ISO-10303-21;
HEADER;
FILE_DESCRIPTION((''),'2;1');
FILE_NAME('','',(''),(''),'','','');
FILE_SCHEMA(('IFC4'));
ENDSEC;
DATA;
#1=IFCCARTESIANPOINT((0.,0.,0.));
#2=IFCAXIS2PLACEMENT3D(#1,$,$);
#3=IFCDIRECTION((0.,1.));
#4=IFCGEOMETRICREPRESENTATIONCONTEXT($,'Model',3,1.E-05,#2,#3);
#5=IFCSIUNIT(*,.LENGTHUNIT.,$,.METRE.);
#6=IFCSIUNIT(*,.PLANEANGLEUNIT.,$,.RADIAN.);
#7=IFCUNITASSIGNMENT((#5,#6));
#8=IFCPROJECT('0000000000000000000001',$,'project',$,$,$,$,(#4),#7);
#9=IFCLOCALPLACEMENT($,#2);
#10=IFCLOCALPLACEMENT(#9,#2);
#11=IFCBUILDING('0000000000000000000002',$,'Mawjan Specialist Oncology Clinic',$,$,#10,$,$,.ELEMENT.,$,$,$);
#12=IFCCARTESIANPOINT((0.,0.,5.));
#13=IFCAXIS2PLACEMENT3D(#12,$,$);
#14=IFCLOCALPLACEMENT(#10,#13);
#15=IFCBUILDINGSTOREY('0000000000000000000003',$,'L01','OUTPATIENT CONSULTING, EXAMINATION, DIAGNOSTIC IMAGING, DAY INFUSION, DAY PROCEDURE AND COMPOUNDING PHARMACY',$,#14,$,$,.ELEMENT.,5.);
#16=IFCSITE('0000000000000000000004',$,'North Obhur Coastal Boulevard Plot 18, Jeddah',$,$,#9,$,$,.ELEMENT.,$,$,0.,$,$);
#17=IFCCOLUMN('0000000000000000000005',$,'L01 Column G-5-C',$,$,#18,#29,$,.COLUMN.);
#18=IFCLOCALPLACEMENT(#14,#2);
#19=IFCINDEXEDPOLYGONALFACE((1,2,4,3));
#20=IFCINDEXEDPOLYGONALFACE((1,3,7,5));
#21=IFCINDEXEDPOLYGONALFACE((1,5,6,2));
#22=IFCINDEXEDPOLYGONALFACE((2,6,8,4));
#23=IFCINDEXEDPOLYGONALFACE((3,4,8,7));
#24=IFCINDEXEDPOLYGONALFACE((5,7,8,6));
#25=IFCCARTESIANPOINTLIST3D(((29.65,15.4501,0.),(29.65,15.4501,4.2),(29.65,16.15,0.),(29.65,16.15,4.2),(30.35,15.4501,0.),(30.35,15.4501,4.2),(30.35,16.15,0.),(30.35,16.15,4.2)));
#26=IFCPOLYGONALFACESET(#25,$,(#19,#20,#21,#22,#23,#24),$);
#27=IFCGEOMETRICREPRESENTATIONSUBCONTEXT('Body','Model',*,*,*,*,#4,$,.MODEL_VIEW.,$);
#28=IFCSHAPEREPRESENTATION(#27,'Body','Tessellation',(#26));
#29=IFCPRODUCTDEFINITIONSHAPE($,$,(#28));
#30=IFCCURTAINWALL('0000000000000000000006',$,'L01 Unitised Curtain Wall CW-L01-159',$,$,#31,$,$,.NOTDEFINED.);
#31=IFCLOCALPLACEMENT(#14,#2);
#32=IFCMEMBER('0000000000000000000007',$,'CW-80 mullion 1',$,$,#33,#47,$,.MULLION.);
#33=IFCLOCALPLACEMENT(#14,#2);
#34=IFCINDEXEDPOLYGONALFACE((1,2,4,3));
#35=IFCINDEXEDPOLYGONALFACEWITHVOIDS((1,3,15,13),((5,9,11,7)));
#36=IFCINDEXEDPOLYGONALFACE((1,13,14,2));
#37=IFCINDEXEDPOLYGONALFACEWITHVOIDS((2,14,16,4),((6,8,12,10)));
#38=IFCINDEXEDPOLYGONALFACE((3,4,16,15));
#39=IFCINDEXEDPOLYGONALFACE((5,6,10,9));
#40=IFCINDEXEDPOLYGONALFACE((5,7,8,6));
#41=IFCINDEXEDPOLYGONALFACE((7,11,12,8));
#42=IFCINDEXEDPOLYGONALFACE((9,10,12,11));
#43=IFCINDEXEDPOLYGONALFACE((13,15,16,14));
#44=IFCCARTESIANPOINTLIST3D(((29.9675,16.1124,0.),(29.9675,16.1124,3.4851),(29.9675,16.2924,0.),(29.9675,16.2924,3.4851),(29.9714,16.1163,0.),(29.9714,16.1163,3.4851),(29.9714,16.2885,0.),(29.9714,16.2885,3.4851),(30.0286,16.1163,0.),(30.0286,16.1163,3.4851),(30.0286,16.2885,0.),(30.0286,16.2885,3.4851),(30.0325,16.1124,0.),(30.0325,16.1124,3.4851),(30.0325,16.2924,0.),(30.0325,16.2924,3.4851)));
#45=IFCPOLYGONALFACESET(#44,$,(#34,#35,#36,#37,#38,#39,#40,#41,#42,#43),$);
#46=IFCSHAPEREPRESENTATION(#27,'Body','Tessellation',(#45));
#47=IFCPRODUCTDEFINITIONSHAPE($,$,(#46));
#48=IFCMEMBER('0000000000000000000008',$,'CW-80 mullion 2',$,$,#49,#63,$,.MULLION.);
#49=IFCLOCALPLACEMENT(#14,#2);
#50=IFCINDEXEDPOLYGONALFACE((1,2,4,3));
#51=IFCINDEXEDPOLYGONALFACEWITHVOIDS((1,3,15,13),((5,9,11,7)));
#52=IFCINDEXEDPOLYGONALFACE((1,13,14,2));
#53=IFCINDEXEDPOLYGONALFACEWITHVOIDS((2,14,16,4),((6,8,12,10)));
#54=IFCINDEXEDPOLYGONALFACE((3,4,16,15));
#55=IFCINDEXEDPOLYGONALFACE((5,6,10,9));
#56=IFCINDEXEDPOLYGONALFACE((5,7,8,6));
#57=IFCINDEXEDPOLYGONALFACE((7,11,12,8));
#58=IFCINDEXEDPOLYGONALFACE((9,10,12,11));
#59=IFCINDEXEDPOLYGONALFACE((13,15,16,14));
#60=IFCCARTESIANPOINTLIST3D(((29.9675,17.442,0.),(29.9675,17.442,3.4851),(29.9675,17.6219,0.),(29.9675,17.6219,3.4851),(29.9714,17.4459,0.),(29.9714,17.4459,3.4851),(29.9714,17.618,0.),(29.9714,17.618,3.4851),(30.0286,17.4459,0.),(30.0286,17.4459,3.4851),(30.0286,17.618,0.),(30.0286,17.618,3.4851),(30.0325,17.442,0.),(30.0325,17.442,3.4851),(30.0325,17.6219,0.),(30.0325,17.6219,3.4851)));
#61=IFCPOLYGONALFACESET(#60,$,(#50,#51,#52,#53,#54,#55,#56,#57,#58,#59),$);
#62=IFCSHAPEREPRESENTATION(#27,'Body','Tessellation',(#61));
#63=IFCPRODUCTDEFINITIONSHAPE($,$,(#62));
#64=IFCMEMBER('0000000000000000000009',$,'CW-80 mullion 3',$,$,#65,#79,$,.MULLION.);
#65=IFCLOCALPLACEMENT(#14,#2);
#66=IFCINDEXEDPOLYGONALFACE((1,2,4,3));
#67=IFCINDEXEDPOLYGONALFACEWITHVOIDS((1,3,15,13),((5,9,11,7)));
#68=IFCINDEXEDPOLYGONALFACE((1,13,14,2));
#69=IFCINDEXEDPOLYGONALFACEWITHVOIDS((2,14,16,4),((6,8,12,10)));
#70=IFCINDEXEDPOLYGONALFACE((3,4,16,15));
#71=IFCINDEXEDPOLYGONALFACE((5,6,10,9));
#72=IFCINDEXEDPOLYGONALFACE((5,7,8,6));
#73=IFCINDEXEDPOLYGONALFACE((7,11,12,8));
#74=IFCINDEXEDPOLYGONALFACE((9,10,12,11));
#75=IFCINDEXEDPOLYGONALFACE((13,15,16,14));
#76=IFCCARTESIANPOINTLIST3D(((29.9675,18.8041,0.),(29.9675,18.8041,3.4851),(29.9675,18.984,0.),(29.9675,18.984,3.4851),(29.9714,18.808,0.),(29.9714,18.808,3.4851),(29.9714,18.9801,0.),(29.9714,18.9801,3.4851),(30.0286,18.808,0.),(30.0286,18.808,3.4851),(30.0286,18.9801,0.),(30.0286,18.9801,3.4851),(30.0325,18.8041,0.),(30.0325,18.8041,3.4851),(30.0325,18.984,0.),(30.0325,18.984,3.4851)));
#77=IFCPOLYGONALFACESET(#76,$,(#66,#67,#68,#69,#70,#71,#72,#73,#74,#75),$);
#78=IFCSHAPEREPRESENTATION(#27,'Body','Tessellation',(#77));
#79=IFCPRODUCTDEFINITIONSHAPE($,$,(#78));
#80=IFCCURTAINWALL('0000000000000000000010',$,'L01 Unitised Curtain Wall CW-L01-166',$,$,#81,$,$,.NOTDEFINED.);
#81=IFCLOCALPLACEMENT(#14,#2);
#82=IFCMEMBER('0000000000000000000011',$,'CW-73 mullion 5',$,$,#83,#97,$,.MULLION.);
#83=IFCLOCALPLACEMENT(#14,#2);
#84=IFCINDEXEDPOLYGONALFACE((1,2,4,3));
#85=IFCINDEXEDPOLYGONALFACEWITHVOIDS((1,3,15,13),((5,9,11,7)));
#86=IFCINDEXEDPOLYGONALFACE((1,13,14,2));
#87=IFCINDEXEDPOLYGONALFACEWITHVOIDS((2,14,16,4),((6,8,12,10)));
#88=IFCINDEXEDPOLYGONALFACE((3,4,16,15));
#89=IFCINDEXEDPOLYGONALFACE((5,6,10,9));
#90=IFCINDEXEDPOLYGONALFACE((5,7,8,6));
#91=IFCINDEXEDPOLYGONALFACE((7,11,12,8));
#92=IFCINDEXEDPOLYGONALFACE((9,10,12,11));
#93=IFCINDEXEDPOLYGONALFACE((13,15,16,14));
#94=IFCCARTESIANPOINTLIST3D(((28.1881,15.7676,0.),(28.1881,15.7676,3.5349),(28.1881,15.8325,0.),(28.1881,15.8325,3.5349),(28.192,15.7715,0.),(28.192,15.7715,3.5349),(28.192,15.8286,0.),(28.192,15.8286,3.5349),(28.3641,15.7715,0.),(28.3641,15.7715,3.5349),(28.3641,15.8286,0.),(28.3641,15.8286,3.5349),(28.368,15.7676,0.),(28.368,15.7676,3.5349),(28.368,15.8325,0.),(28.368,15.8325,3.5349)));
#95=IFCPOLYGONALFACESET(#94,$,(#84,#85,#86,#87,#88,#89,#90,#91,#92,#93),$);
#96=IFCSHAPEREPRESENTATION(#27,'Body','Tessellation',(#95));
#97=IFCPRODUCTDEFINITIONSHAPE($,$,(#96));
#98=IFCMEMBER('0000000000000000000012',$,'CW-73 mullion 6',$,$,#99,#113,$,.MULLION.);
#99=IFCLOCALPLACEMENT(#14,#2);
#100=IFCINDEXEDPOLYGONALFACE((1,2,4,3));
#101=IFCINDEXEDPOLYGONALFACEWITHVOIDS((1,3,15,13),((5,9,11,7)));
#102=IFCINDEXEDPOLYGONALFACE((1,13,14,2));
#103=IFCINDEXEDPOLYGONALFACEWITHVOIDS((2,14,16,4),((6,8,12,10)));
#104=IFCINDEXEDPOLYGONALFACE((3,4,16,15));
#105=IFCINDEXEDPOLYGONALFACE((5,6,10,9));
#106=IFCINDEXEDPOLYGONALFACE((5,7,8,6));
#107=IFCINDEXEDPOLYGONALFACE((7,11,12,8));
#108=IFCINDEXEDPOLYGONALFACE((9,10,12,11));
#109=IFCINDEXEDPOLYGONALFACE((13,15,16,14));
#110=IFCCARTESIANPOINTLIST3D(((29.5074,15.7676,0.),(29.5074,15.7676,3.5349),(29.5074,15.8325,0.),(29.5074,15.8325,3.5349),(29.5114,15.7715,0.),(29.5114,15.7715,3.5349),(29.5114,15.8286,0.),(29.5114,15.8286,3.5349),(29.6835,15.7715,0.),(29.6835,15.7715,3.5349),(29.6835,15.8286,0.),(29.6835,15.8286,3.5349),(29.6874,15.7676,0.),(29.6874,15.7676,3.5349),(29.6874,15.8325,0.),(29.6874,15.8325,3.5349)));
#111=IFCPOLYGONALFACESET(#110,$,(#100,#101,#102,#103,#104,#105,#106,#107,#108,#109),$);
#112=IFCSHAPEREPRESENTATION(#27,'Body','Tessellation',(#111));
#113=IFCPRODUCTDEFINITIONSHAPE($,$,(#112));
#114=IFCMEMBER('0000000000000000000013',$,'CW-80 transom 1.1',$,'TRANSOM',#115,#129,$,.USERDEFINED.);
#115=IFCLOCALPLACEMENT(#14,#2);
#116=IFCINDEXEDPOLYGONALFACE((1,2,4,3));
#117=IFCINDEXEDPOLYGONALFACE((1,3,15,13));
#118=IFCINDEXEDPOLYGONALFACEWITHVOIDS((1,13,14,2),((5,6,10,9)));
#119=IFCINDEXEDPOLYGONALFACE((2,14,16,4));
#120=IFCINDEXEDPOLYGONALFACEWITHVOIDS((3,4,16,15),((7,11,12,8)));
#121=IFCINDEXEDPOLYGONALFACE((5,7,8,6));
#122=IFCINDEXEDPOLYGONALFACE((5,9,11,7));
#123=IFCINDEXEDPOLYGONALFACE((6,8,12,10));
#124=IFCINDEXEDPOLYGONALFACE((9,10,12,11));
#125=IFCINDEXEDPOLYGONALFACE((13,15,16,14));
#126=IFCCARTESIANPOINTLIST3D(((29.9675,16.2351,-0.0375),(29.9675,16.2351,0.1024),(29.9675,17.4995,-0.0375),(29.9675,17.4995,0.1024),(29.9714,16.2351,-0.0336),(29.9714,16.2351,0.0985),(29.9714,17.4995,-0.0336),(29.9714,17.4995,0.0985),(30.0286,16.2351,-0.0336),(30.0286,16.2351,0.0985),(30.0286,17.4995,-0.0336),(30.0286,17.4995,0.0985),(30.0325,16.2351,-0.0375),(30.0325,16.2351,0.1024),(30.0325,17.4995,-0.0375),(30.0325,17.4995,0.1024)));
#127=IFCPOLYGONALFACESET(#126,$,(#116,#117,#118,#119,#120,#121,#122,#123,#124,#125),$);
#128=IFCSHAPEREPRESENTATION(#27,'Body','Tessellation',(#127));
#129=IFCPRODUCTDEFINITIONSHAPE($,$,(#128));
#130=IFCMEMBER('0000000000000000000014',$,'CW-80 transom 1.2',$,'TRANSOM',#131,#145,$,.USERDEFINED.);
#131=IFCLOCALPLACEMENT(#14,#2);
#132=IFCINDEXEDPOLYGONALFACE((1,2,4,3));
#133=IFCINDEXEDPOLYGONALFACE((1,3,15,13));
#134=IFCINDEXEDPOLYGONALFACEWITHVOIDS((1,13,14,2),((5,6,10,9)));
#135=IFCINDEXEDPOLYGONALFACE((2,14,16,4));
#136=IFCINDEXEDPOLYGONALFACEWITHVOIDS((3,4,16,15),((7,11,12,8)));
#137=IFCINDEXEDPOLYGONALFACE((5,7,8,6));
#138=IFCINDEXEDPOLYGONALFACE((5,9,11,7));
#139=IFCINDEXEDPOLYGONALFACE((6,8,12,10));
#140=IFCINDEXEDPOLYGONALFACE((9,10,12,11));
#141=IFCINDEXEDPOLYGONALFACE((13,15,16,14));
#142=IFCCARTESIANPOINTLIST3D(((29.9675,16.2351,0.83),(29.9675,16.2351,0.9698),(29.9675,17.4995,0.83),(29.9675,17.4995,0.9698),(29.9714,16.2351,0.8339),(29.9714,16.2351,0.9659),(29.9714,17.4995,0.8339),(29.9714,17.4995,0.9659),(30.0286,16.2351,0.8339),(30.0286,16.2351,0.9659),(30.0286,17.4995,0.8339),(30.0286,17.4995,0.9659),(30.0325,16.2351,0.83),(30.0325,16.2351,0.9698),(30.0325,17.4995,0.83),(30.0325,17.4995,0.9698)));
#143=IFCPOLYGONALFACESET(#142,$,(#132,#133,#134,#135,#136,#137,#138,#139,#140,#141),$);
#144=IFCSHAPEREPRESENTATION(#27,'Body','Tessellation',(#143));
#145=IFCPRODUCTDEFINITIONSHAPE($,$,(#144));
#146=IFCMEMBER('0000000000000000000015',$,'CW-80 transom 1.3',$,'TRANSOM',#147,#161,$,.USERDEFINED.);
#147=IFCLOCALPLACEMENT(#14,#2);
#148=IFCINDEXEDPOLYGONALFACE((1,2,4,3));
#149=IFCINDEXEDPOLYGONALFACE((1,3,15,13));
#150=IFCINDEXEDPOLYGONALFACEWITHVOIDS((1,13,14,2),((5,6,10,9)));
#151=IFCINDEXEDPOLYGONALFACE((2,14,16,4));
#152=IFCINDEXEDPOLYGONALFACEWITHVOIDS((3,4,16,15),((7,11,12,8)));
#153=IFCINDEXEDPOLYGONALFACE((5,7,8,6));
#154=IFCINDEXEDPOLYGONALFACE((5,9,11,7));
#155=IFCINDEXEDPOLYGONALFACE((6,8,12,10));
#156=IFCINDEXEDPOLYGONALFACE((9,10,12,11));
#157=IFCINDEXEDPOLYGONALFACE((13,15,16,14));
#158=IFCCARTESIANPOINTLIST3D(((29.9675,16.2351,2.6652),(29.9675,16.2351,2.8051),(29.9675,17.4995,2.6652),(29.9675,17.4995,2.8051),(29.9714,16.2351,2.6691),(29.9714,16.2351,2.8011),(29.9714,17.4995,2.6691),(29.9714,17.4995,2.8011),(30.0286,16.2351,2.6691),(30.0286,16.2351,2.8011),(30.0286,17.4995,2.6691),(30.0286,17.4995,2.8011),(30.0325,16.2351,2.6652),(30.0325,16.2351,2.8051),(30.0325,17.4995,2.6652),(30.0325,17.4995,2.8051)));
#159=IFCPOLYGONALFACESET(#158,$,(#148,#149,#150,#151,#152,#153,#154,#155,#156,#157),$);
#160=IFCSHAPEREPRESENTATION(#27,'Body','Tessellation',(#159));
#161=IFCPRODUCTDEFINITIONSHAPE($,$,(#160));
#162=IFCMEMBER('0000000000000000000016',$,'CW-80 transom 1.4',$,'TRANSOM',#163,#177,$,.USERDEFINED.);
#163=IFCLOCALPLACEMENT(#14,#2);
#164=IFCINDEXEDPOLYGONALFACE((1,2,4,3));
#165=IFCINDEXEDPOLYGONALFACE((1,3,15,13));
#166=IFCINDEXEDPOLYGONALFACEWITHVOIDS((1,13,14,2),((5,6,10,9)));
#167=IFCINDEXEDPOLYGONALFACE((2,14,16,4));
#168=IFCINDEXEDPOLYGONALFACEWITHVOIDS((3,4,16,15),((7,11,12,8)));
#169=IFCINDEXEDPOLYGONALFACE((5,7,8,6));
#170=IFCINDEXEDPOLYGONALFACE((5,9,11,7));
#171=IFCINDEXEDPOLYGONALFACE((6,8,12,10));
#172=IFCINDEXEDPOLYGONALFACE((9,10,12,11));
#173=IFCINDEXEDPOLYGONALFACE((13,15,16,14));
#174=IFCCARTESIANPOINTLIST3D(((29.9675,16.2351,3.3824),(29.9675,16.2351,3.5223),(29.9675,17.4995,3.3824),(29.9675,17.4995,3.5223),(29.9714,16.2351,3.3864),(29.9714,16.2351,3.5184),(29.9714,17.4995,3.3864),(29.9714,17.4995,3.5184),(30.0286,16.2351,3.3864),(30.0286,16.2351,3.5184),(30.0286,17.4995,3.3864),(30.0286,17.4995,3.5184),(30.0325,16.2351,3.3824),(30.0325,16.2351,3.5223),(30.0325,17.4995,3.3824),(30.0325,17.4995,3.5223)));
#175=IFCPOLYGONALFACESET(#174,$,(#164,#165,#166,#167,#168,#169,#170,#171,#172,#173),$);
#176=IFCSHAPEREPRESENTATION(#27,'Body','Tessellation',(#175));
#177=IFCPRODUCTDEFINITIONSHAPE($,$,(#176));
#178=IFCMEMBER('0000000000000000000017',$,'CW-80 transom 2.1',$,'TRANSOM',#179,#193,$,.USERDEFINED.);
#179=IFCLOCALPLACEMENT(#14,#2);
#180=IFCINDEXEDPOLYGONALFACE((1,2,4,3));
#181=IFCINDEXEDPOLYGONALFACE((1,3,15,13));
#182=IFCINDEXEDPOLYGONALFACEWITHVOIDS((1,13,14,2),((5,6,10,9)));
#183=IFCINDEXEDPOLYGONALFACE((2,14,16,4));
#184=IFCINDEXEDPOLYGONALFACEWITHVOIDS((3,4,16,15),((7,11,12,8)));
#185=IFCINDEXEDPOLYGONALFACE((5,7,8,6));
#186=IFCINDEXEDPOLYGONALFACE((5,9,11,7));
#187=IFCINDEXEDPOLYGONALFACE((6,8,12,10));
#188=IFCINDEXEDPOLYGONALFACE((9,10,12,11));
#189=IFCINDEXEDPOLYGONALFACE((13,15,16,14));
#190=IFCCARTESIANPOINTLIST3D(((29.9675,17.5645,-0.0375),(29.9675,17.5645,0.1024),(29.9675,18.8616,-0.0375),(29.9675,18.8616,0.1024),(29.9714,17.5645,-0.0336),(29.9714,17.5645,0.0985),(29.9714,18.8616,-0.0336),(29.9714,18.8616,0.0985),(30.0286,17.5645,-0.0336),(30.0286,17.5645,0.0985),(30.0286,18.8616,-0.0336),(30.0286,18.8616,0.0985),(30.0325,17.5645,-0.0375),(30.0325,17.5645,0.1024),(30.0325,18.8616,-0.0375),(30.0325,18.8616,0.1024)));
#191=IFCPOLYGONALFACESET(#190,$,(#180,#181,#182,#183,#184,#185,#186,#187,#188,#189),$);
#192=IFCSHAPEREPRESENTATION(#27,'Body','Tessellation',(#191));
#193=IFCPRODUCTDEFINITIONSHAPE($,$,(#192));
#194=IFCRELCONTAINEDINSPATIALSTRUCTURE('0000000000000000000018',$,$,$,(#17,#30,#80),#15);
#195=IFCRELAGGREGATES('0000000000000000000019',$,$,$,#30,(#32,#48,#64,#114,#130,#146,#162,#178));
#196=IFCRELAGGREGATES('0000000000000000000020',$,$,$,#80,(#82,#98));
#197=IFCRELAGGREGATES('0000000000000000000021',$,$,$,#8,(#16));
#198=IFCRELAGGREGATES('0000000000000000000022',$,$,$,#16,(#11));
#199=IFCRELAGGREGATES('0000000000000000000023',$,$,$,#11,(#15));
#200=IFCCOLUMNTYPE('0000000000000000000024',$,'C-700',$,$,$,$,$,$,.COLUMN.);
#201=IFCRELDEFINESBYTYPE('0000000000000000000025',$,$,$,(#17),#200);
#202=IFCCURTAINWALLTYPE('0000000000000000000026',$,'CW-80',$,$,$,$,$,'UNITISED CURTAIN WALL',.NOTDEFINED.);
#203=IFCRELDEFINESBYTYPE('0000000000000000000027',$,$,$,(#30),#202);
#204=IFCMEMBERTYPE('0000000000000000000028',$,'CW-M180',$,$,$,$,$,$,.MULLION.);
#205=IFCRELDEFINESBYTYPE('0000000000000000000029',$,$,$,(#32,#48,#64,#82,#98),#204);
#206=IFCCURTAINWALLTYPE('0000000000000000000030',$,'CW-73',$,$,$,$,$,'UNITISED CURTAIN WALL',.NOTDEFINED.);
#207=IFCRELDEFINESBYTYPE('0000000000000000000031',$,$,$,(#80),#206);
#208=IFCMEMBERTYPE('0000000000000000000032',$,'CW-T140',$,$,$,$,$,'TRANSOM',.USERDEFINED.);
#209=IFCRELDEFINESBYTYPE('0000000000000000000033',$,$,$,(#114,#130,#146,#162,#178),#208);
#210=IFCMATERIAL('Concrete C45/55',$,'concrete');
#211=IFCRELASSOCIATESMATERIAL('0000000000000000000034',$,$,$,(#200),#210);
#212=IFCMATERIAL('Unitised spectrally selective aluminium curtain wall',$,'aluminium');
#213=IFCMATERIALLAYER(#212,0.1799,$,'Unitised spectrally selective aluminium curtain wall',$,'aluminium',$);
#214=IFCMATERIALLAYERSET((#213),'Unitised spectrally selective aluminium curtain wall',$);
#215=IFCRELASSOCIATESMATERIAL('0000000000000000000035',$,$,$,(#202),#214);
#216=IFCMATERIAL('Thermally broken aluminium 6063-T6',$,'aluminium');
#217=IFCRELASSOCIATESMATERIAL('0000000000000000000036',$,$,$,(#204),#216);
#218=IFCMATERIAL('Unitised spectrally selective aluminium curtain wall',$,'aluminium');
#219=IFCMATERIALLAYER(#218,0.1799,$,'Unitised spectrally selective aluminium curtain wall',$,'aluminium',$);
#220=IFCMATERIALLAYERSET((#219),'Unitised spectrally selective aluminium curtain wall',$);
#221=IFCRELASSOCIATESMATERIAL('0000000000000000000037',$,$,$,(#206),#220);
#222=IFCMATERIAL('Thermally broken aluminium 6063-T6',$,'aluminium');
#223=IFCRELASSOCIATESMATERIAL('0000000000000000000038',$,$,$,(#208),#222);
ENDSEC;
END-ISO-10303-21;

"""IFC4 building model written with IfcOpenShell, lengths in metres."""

from ifc_helpers import new_model, si_unit, direction, frame, origin, origin_2d, place, context, subcontext, project, spatial, rectangle, hollow_rectangle, extrude, material, layer, layer_set, material_profile, profile_set, type_object, element, aggregate, save


model = new_model("IFC4")

# Units and contexts
model_context = context("Model", 3, precision=1e-05, world=origin(), true_north=direction((0.0, 1.0)))
body_context = subcontext(model_context, "Body", "Model", "MODEL_VIEW")
ifc_project = project(units=[si_unit("LENGTHUNIT", "METRE"), si_unit("PLANEANGLEUNIT", "RADIAN")], contexts=[model_context])

# Site, building, storey
site_placement = place(None, origin())
site = spatial("IfcSite", under=ifc_project, at=site_placement, Name="North Obhur Coastal Boulevard Plot 18, Jeddah", CompositionType="ELEMENT", RefElevation=0.0)
building_placement = place(site_placement, origin())
building = spatial("IfcBuilding", under=site, at=building_placement, Name="Mawjan Specialist Oncology Clinic", CompositionType="ELEMENT")
storey_placement = place(building_placement, frame((0.0, 0.0, 5.0)))
storey = spatial("IfcBuildingStorey", under=building, at=storey_placement, Name="L01", Description="OUTPATIENT CONSULTING, EXAMINATION, DIAGNOSTIC IMAGING, DAY INFUSION, DAY PROCEDURE AND COMPOUNDING PHARMACY", CompositionType="ELEMENT", Elevation=5.0)

# Column
ifc_material_1 = material(Name="Concrete C45/55", Category="concrete")
ifc_material_profile_1 = material_profile(ifc_material_1, rectangle(XDim=0.7, YDim=0.7, at=origin_2d()), Name="RC COL 700x700", Category="concrete")
ifc_profile_set_1 = profile_set([ifc_material_profile_1], Name="Concrete C45/55")
column_type = type_object("IfcColumnType", Name="C-700", PredefinedType="COLUMN", material=ifc_profile_set_1)
column_placement = place(storey_placement, frame((30.0, 15.8, 0.0), z_axis=(0.0, 0.0, 1.0), x_axis=(1.0, 0.0, 0.0)))
element("IfcColumn", 1, at=column_placement, inside=storey, type_object=column_type, Name="L01 Column G-5-C", PredefinedType="COLUMN", context=body_context, shape_type="SweptSolid", body=[
    extrude(rectangle(XDim=0.7, YDim=0.7, at=origin_2d()), origin(), (0.0, 0.0, 1.0), 4.2),
])

# Curtain walls, members
ifc_material_2 = material(Name="Unitised spectrally selective aluminium curtain wall", Category="aluminium")
ifc_layer_1 = layer(ifc_material_2, 0.1799, Name="Unitised spectrally selective aluminium curtain wall", Category="aluminium")
ifc_layer_set_1 = layer_set([ifc_layer_1], Name="Unitised spectrally selective aluminium curtain wall")
curtain_wall_type_1 = type_object("IfcCurtainWallType", Name="CW-80", ElementType="UNITISED CURTAIN WALL", PredefinedType="NOTDEFINED", material=ifc_layer_set_1)
curtain_wall_1_placement = place(storey_placement, origin())
curtain_wall_1 = element("IfcCurtainWall", 2, at=curtain_wall_1_placement, inside=storey, type_object=curtain_wall_type_1, Name="L01 Unitised Curtain Wall CW-L01-159", PredefinedType="NOTDEFINED")
ifc_material_3 = material(Name="Thermally broken aluminium 6063-T6", Category="aluminium")
ifc_material_profile_2 = material_profile(ifc_material_3, hollow_rectangle(XDim=0.0649, YDim=0.1799, WallThickness=0.0039, at=origin_2d()), Name="ALU MULLION 180x65x4", Category="aluminium")
ifc_profile_set_2 = profile_set([ifc_material_profile_2], Name="Thermally broken aluminium 6063-T6")
member_type_1 = type_object("IfcMemberType", Name="CW-M180", PredefinedType="MULLION", material=ifc_profile_set_2)
member_1_placement = place(storey_placement, frame((30.0, 16.2024, 0.0), z_axis=(0.0, 0.0, 1.0), x_axis=(-1.0, 0.0, 0.0)))
member_1 = element("IfcMember", 3, at=member_1_placement, type_object=member_type_1, Name="CW-80 mullion 1", PredefinedType="MULLION", context=body_context, shape_type="SweptSolid", body=[
    extrude(hollow_rectangle(XDim=0.0649, YDim=0.1799, WallThickness=0.0039, at=origin_2d()), origin(), (0.0, 0.0, 1.0), 3.4851),
])
member_2_placement = place(storey_placement, frame((30.0, 17.532, 0.0), z_axis=(0.0, 0.0, 1.0), x_axis=(-1.0, 0.0, 0.0)))
member_2 = element("IfcMember", 4, at=member_2_placement, type_object=member_type_1, Name="CW-80 mullion 2", PredefinedType="MULLION", context=body_context, shape_type="SweptSolid", body=[
    extrude(hollow_rectangle(XDim=0.0649, YDim=0.1799, WallThickness=0.0039, at=origin_2d()), origin(), (0.0, 0.0, 1.0), 3.4851),
])
member_3_placement = place(storey_placement, frame((30.0, 18.894, 0.0), z_axis=(0.0, 0.0, 1.0), x_axis=(-1.0, 0.0, 0.0)))
member_3 = element("IfcMember", 5, at=member_3_placement, type_object=member_type_1, Name="CW-80 mullion 3", PredefinedType="MULLION", context=body_context, shape_type="SweptSolid", body=[
    extrude(hollow_rectangle(XDim=0.0649, YDim=0.1799, WallThickness=0.0039, at=origin_2d()), origin(), (0.0, 0.0, 1.0), 3.4851),
])
ifc_material_4 = material(Name="Unitised spectrally selective aluminium curtain wall", Category="aluminium")
ifc_layer_2 = layer(ifc_material_4, 0.1799, Name="Unitised spectrally selective aluminium curtain wall", Category="aluminium")
ifc_layer_set_2 = layer_set([ifc_layer_2], Name="Unitised spectrally selective aluminium curtain wall")
curtain_wall_type_2 = type_object("IfcCurtainWallType", Name="CW-73", ElementType="UNITISED CURTAIN WALL", PredefinedType="NOTDEFINED", material=ifc_layer_set_2)
curtain_wall_2_placement = place(storey_placement, origin())
curtain_wall_2 = element("IfcCurtainWall", 6, at=curtain_wall_2_placement, inside=storey, type_object=curtain_wall_type_2, Name="L01 Unitised Curtain Wall CW-L01-166", PredefinedType="NOTDEFINED")
member_4_placement = place(storey_placement, frame((28.2781, 15.8, 0.0), z_axis=(0.0, 0.0, 1.0), x_axis=(0.0, 1.0, 0.0)))
member_4 = element("IfcMember", 7, at=member_4_placement, type_object=member_type_1, Name="CW-73 mullion 5", PredefinedType="MULLION", context=body_context, shape_type="SweptSolid", body=[
    extrude(hollow_rectangle(XDim=0.0649, YDim=0.1799, WallThickness=0.0039, at=origin_2d()), origin(), (0.0, 0.0, 1.0), 3.5349),
])
member_5_placement = place(storey_placement, frame((29.5974, 15.8, 0.0), z_axis=(0.0, 0.0, 1.0), x_axis=(0.0, 1.0, 0.0)))
member_5 = element("IfcMember", 8, at=member_5_placement, type_object=member_type_1, Name="CW-73 mullion 6", PredefinedType="MULLION", context=body_context, shape_type="SweptSolid", body=[
    extrude(hollow_rectangle(XDim=0.0649, YDim=0.1799, WallThickness=0.0039, at=origin_2d()), origin(), (0.0, 0.0, 1.0), 3.5349),
])

# Members
ifc_material_5 = material(Name="Thermally broken aluminium 6063-T6", Category="aluminium")
ifc_material_profile_3 = material_profile(ifc_material_5, hollow_rectangle(XDim=0.0649, YDim=0.1399, WallThickness=0.0039, at=origin_2d()), Name="ALU TRANSOM 140x65x4", Category="aluminium")
ifc_profile_set_3 = profile_set([ifc_material_profile_3], Name="Thermally broken aluminium 6063-T6")
member_type_2 = type_object("IfcMemberType", Name="CW-T140", ElementType="TRANSOM", PredefinedType="USERDEFINED", material=ifc_profile_set_3)
member_6_placement = place(storey_placement, frame((30.0, 16.2351, 0.0325), z_axis=(0.0, 1.0, 0.0), x_axis=(-1.0, 0.0, 0.0)))
member_6 = element("IfcMember", 9, at=member_6_placement, type_object=member_type_2, Name="CW-80 transom 1.1", ObjectType="TRANSOM", PredefinedType="USERDEFINED", context=body_context, shape_type="SweptSolid", body=[
    extrude(hollow_rectangle(XDim=0.0649, YDim=0.1399, WallThickness=0.0039, at=origin_2d()), origin(), (0.0, 0.0, 1.0), 1.2644),
])
member_7_placement = place(storey_placement, frame((30.0, 16.2351, 0.8999), z_axis=(0.0, 1.0, 0.0), x_axis=(-1.0, 0.0, 0.0)))
member_7 = element("IfcMember", 10, at=member_7_placement, type_object=member_type_2, Name="CW-80 transom 1.2", ObjectType="TRANSOM", PredefinedType="USERDEFINED", context=body_context, shape_type="SweptSolid", body=[
    extrude(hollow_rectangle(XDim=0.0649, YDim=0.1399, WallThickness=0.0039, at=origin_2d()), origin(), (0.0, 0.0, 1.0), 1.2644),
])
member_8_placement = place(storey_placement, frame((30.0, 16.2351, 2.7351), z_axis=(0.0, 1.0, 0.0), x_axis=(-1.0, 0.0, 0.0)))
member_8 = element("IfcMember", 11, at=member_8_placement, type_object=member_type_2, Name="CW-80 transom 1.3", ObjectType="TRANSOM", PredefinedType="USERDEFINED", context=body_context, shape_type="SweptSolid", body=[
    extrude(hollow_rectangle(XDim=0.0649, YDim=0.1399, WallThickness=0.0039, at=origin_2d()), origin(), (0.0, 0.0, 1.0), 1.2644),
])
member_9_placement = place(storey_placement, frame((30.0, 16.2351, 3.4524), z_axis=(0.0, 1.0, 0.0), x_axis=(-1.0, 0.0, 0.0)))
member_9 = element("IfcMember", 12, at=member_9_placement, type_object=member_type_2, Name="CW-80 transom 1.4", ObjectType="TRANSOM", PredefinedType="USERDEFINED", context=body_context, shape_type="SweptSolid", body=[
    extrude(hollow_rectangle(XDim=0.0649, YDim=0.1399, WallThickness=0.0039, at=origin_2d()), origin(), (0.0, 0.0, 1.0), 1.2644),
])
member_10_placement = place(storey_placement, frame((30.0, 17.5645, 0.0325), z_axis=(0.0, 1.0, 0.0), x_axis=(-1.0, 0.0, 0.0)))
member_10 = element("IfcMember", 13, at=member_10_placement, type_object=member_type_2, Name="CW-80 transom 2.1", ObjectType="TRANSOM", PredefinedType="USERDEFINED", context=body_context, shape_type="SweptSolid", body=[
    extrude(hollow_rectangle(XDim=0.0649, YDim=0.1399, WallThickness=0.0039, at=origin_2d()), origin(), (0.0, 0.0, 1.0), 1.2971),
])

aggregate(curtain_wall_1, [member_1, member_2, member_3, member_6, member_7, member_8, member_9, member_10])
aggregate(curtain_wall_2, [member_4, member_5])

save(model, "model.ifc")
